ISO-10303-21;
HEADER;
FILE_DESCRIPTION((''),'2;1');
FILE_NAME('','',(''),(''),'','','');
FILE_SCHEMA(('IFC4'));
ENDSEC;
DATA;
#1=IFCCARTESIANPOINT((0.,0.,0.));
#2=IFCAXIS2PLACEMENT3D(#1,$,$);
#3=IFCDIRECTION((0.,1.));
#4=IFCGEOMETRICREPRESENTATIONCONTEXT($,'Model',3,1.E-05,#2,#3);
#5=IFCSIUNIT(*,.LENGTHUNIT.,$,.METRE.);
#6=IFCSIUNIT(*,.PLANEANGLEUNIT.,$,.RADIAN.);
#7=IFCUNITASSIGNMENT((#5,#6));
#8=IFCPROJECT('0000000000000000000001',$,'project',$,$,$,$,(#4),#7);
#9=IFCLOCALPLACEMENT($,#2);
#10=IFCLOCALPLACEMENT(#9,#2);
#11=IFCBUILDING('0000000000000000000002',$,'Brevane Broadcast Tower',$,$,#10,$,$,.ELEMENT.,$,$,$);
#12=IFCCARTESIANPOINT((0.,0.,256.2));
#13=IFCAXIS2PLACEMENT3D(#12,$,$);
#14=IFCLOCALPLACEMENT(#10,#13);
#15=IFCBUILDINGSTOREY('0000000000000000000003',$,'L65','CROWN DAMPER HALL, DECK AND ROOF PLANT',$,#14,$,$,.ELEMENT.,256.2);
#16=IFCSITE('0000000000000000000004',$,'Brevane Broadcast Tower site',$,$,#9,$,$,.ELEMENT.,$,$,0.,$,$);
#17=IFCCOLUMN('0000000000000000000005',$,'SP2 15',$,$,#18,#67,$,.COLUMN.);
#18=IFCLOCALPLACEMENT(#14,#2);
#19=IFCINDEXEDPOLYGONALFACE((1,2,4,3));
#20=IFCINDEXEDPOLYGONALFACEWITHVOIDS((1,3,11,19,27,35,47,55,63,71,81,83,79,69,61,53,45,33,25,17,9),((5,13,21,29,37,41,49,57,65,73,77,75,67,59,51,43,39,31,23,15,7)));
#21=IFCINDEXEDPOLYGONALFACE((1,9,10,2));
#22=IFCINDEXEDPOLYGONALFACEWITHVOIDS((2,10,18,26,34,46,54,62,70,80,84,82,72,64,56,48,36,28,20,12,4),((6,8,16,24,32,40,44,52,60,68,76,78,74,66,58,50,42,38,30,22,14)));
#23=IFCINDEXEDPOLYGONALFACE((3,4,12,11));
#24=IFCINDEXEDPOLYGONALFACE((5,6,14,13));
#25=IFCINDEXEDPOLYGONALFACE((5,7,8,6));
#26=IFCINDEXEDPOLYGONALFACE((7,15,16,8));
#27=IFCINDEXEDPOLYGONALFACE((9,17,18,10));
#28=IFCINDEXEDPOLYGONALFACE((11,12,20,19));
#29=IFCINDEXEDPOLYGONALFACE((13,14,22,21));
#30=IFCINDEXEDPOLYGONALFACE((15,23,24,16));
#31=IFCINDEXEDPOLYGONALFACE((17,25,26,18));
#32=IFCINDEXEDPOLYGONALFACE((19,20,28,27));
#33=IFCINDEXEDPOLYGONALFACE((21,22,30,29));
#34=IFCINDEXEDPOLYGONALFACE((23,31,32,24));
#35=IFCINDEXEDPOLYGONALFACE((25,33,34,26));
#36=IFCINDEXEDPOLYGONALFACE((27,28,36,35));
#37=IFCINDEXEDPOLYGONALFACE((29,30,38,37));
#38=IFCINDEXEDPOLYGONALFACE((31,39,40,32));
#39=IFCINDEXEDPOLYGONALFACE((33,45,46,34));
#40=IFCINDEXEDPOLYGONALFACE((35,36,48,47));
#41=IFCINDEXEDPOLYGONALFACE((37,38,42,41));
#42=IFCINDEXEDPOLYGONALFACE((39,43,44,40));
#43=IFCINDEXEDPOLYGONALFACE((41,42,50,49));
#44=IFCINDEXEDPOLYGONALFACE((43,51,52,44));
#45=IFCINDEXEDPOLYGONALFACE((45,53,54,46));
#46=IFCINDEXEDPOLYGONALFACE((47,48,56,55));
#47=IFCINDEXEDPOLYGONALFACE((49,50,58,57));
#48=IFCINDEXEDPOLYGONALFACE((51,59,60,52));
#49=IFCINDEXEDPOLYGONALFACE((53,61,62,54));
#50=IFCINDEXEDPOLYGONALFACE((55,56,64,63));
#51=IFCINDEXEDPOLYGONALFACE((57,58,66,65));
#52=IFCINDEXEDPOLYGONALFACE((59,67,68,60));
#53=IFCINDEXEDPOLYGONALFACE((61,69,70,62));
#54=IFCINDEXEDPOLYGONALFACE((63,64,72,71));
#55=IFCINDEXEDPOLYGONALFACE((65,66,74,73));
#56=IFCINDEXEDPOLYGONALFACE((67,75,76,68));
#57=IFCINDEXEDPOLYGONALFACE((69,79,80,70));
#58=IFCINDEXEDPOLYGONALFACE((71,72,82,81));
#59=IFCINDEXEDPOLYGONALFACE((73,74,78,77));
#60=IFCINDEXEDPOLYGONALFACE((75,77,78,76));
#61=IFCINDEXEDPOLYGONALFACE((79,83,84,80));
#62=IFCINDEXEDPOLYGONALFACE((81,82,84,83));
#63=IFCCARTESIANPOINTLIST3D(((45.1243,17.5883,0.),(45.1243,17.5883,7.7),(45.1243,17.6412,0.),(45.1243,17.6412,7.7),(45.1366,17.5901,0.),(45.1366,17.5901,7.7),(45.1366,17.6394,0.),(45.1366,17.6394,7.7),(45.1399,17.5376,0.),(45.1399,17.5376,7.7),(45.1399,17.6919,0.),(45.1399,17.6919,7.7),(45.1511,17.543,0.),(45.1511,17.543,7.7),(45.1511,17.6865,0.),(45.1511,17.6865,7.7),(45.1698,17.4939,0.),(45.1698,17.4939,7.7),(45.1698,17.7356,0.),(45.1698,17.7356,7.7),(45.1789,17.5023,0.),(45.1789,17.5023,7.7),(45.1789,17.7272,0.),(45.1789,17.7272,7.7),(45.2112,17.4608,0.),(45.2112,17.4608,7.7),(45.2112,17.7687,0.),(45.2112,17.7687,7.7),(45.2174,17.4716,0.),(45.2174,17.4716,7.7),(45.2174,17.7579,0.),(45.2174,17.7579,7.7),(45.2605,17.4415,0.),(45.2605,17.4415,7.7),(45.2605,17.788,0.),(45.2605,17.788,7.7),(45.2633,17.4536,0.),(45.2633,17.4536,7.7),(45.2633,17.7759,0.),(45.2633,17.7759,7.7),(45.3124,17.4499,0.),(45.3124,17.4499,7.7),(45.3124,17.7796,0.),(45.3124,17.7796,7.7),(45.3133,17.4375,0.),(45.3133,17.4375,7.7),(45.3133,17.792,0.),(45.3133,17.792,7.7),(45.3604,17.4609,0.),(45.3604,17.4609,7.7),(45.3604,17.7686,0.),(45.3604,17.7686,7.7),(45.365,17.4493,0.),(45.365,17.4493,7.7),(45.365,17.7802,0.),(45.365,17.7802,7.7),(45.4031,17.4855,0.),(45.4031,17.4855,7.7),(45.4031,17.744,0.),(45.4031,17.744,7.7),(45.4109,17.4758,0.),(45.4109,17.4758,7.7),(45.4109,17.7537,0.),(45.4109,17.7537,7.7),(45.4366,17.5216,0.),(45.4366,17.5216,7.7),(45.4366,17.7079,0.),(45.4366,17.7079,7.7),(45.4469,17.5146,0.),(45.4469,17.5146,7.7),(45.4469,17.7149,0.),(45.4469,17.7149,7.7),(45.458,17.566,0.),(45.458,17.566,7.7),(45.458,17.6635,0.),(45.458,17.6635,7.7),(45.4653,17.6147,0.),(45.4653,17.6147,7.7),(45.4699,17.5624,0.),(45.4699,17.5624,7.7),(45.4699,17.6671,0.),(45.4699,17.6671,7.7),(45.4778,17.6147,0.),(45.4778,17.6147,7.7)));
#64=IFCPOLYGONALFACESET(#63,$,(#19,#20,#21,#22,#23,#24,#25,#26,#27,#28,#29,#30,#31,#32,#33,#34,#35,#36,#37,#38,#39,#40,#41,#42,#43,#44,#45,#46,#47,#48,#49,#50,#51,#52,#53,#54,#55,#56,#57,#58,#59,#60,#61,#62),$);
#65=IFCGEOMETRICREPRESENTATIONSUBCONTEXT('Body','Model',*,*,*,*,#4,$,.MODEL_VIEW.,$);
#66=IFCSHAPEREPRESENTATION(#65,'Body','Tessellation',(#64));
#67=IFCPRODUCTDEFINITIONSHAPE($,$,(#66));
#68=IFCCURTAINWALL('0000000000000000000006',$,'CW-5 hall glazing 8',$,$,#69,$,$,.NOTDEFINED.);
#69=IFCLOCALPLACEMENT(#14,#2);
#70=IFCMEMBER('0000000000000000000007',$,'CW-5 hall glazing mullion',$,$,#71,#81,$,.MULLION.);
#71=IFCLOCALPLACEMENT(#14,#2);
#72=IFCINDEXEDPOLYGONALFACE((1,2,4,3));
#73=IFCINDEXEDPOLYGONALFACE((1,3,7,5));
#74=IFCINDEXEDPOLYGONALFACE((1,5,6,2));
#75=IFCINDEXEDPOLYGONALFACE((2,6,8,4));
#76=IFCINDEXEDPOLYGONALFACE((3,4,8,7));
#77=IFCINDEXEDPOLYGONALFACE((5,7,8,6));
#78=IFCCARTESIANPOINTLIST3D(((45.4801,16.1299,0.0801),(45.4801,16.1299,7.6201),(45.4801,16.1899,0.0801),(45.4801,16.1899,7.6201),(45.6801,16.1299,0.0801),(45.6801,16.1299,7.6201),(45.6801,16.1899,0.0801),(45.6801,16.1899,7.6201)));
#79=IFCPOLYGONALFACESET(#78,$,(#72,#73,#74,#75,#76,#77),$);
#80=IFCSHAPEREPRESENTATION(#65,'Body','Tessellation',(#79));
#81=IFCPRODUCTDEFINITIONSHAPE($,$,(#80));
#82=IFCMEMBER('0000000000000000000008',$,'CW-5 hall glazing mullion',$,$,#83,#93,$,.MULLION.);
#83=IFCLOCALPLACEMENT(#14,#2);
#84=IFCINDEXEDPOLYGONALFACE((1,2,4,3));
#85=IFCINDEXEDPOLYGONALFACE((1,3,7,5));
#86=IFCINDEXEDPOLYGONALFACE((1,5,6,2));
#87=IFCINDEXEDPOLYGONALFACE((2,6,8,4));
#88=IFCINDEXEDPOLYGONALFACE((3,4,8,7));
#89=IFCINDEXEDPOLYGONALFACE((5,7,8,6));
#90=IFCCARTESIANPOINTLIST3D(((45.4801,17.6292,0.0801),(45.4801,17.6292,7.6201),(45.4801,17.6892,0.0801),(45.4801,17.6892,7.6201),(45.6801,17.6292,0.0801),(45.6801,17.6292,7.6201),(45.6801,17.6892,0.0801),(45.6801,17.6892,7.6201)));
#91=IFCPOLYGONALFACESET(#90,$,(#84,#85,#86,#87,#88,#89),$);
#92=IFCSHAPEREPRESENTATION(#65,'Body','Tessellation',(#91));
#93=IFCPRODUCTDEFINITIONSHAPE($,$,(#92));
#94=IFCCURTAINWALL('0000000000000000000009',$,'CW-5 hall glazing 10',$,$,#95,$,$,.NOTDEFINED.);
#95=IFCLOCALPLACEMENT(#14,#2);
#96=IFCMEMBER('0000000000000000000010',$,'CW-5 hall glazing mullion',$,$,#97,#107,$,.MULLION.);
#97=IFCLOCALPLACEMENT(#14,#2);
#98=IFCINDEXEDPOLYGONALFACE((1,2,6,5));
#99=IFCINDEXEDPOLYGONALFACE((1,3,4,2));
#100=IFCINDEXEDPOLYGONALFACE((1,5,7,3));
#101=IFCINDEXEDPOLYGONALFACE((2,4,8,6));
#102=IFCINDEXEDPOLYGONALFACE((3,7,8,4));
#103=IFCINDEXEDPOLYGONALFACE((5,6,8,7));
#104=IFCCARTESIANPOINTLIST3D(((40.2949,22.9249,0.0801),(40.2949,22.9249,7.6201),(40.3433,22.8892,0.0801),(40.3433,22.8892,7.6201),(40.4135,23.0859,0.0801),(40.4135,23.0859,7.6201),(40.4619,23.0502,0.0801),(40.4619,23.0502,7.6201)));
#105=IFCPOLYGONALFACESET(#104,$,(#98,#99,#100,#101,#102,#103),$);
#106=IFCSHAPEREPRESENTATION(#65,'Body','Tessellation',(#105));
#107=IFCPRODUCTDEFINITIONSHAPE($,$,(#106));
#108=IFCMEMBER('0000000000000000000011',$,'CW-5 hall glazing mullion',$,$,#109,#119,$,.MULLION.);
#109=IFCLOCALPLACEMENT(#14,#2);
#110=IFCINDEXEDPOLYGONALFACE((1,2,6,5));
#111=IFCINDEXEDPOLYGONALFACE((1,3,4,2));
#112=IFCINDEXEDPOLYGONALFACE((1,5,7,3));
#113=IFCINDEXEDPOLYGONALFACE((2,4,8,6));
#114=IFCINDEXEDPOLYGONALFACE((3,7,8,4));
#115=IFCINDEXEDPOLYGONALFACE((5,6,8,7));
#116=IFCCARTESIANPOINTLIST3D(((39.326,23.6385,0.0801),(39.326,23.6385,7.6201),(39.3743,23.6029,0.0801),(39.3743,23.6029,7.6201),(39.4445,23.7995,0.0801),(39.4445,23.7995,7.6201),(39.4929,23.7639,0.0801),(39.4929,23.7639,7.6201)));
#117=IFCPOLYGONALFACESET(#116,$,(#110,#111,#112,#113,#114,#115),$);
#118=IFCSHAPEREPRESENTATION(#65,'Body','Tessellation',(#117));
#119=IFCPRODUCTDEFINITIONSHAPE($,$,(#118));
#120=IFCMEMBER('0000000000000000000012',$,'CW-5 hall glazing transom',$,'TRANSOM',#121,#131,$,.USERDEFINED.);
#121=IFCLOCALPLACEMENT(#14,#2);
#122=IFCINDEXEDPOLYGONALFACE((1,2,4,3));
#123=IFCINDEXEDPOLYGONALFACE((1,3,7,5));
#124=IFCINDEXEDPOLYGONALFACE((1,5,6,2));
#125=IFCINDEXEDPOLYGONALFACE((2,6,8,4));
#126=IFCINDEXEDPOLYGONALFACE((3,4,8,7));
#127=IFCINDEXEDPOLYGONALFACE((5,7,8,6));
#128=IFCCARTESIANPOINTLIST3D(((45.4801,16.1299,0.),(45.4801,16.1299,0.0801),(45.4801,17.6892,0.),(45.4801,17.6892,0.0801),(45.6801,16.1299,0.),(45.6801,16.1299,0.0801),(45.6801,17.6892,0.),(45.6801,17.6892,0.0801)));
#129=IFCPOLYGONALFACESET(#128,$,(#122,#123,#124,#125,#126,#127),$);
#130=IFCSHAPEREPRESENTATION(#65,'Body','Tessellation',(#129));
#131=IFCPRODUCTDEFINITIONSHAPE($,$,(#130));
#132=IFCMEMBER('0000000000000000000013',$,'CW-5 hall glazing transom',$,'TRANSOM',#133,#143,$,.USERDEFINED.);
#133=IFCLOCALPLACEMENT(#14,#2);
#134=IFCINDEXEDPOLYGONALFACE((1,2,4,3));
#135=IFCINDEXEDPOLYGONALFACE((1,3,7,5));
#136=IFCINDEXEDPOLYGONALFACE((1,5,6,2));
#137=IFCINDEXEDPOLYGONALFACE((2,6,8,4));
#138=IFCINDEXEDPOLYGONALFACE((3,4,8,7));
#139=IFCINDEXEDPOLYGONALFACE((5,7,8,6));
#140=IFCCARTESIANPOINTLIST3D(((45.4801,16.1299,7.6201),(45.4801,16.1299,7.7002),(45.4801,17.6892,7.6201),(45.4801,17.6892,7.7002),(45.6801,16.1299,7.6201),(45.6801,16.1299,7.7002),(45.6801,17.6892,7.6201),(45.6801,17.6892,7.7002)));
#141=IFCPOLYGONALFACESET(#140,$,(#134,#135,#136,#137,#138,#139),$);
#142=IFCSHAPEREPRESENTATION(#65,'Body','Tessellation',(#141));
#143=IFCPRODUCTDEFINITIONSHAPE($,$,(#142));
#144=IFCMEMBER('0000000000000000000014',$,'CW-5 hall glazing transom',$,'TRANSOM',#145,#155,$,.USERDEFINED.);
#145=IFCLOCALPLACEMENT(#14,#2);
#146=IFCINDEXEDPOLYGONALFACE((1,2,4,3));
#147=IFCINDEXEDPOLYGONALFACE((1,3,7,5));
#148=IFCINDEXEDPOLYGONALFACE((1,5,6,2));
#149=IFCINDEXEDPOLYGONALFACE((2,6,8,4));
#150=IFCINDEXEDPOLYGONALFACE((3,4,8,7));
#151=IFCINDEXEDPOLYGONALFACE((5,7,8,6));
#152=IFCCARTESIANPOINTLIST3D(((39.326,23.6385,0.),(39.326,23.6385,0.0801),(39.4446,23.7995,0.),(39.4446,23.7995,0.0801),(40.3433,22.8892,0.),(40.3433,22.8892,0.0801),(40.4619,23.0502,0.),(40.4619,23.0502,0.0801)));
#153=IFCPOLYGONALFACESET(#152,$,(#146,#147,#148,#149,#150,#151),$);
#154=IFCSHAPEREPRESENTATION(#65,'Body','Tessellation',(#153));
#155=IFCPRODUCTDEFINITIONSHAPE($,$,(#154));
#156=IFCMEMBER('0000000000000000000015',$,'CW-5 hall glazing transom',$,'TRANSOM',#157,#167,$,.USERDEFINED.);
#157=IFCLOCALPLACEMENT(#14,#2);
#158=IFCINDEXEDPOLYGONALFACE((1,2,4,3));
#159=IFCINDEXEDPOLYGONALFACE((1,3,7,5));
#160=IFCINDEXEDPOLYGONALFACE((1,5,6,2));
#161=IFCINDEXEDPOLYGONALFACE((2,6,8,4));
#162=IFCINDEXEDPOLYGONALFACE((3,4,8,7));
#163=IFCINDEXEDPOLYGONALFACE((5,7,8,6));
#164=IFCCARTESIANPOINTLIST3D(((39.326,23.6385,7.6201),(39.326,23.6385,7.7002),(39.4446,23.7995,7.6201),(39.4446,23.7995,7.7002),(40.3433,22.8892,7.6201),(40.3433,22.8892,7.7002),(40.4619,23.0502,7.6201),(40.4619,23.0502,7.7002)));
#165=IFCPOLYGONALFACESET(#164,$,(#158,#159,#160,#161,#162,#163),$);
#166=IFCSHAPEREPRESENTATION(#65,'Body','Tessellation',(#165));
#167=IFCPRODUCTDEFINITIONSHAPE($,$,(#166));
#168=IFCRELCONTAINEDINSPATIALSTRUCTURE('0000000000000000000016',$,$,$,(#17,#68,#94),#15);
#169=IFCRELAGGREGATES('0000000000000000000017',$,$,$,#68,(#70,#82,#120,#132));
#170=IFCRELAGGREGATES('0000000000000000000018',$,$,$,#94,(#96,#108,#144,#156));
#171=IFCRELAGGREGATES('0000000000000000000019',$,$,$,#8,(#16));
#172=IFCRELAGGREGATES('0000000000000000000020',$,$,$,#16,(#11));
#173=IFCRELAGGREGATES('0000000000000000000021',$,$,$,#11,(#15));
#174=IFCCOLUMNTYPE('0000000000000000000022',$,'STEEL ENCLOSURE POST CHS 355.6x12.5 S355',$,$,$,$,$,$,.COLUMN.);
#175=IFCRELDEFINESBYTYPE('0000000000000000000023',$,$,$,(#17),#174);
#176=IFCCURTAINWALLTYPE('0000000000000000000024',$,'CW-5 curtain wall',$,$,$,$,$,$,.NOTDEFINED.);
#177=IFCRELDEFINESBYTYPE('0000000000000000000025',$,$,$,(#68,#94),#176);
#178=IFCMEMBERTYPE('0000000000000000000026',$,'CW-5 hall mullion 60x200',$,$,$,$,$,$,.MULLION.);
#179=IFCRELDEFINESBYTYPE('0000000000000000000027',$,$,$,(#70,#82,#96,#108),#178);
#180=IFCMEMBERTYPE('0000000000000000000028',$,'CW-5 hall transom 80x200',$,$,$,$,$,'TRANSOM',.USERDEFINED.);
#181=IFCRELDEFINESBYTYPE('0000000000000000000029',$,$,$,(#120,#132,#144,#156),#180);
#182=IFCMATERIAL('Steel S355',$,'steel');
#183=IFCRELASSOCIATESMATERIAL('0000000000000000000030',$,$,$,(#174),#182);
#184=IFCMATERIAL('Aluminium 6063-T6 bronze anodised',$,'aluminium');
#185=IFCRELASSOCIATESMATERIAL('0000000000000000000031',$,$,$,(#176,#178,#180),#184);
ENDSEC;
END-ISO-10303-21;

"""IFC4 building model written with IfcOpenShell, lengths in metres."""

from ifc_helpers import new_model, si_unit, direction, frame, origin, origin_2d, place, context, subcontext, project, spatial, rectangle, hollow_circle, extrude, material, material_profile, profile_set, type_object, element, aggregate, save


model = new_model("IFC4")

# Units and contexts
model_context = context("Model", 3, precision=1e-05, world=origin(), true_north=direction((0.0, 1.0)))
body_context = subcontext(model_context, "Body", "Model", "MODEL_VIEW")
ifc_project = project(units=[si_unit("LENGTHUNIT", "METRE"), si_unit("PLANEANGLEUNIT", "RADIAN")], contexts=[model_context])

# Site, building, storey
site_placement = place(None, origin())
site = spatial("IfcSite", under=ifc_project, at=site_placement, Name="Brevane Broadcast Tower site", CompositionType="ELEMENT", RefElevation=0.0)
building_placement = place(site_placement, origin())
building = spatial("IfcBuilding", under=site, at=building_placement, Name="Brevane Broadcast Tower", CompositionType="ELEMENT")
storey_placement = place(building_placement, frame((0.0, 0.0, 256.2)))
storey = spatial("IfcBuildingStorey", under=building, at=storey_placement, Name="L65", Description="CROWN DAMPER HALL, DECK AND ROOF PLANT", CompositionType="ELEMENT", Elevation=256.2)

# Column
ifc_material_1 = material(Name="Steel S355", Category="steel")
ifc_material_profile_1 = material_profile(ifc_material_1, hollow_circle(Radius=0.1777, WallThickness=0.0125, at=origin_2d()), Name="CHS 355.6x12.5")
ifc_profile_set_1 = profile_set([ifc_material_profile_1], Name="Steel S355")
column_type_1 = type_object("IfcColumnType", Name="STEEL ENCLOSURE POST CHS 355.6x12.5 S355", PredefinedType="COLUMN", material=ifc_profile_set_1)
for number, where, z_axis, x_axis, name in (
    (1, (45.3, 17.6147, 0.0), (0.0, 0.0, 1.0), (1.0, 0.0, 0.0), "SP2 15"),
):
    element("IfcColumn", number, at=place(storey_placement, frame(where, z_axis=z_axis, x_axis=x_axis)), inside=storey, type_object=column_type_1, Name=name, PredefinedType="COLUMN", context=body_context, shape_type="SweptSolid", body=[
        extrude(hollow_circle(Radius=0.1777, WallThickness=0.0125, at=origin_2d()), origin(), (0.0, 0.0, 1.0), 7.7),
    ])

# Curtain walls, members
ifc_material_2 = material(Name="Aluminium 6063-T6 bronze anodised", Category="aluminium")
curtain_wall_type = type_object("IfcCurtainWallType", Name="CW-5 curtain wall", PredefinedType="NOTDEFINED", material=ifc_material_2)
curtain_wall_1_placement = place(storey_placement, origin())
curtain_wall_1 = element("IfcCurtainWall", 2, at=curtain_wall_1_placement, inside=storey, type_object=curtain_wall_type, Name="CW-5 hall glazing 8", PredefinedType="NOTDEFINED")
ifc_material_profile_2 = material_profile(ifc_material_2, rectangle(XDim=0.2, YDim=0.0601, at=origin_2d()), Name="RECT 60x200")
ifc_profile_set_2 = profile_set([ifc_material_profile_2], Name="Aluminium 6063-T6 bronze anodised")
member_type_1 = type_object("IfcMemberType", Name="CW-5 hall mullion 60x200", PredefinedType="MULLION", material=ifc_profile_set_2)
member_1_placement = place(storey_placement, frame((45.5801, 16.1599, 0.0801), z_axis=(0.0, 0.0, 1.0), x_axis=(-1.0, 0.0, 0.0)))
member_1 = element("IfcMember", 3, at=member_1_placement, type_object=member_type_1, Name="CW-5 hall glazing mullion", PredefinedType="MULLION", context=body_context, shape_type="SweptSolid", body=[
    extrude(rectangle(XDim=0.2, YDim=0.0601, at=origin_2d()), origin(), (0.0, 0.0, 1.0), 7.54),
])
member_2_placement = place(storey_placement, frame((45.5801, 17.6592, 0.0801), z_axis=(0.0, 0.0, 1.0), x_axis=(-1.0, 0.0, 0.0)))
member_2 = element("IfcMember", 4, at=member_2_placement, type_object=member_type_1, Name="CW-5 hall glazing mullion", PredefinedType="MULLION", context=body_context, shape_type="SweptSolid", body=[
    extrude(rectangle(XDim=0.2, YDim=0.0601, at=origin_2d()), origin(), (0.0, 0.0, 1.0), 7.54),
])
curtain_wall_2_placement = place(storey_placement, origin())
curtain_wall_2 = element("IfcCurtainWall", 5, at=curtain_wall_2_placement, inside=storey, type_object=curtain_wall_type, Name="CW-5 hall glazing 10", PredefinedType="NOTDEFINED")
member_3_placement = place(storey_placement, frame((40.3784, 22.9875, 0.0801), z_axis=(0.0, 0.0, 1.0), x_axis=(-0.593085, -0.80514, 0.0)))
member_3 = element("IfcMember", 6, at=member_3_placement, type_object=member_type_1, Name="CW-5 hall glazing mullion", PredefinedType="MULLION", context=body_context, shape_type="SweptSolid", body=[
    extrude(rectangle(XDim=0.2, YDim=0.0601, at=origin_2d()), origin(), (0.0, 0.0, 1.0), 7.54),
])
member_4_placement = place(storey_placement, frame((39.4094, 23.7012, 0.0801), z_axis=(0.0, 0.0, 1.0), x_axis=(-0.593085, -0.80514, 0.0)))
member_4 = element("IfcMember", 7, at=member_4_placement, type_object=member_type_1, Name="CW-5 hall glazing mullion", PredefinedType="MULLION", context=body_context, shape_type="SweptSolid", body=[
    extrude(rectangle(XDim=0.2, YDim=0.0601, at=origin_2d()), origin(), (0.0, 0.0, 1.0), 7.54),
])

# Members
ifc_material_profile_3 = material_profile(ifc_material_2, rectangle(XDim=0.2, YDim=0.0801, at=origin_2d()), Name="RECT 80x200")
ifc_profile_set_3 = profile_set([ifc_material_profile_3], Name="Aluminium 6063-T6 bronze anodised")
member_type_2 = type_object("IfcMemberType", Name="CW-5 hall transom 80x200", ElementType="TRANSOM", PredefinedType="USERDEFINED", material=ifc_profile_set_3)
member_5_placement = place(storey_placement, frame((45.5801, 16.1299, 0.04), z_axis=(0.0, 1.0, 0.0), x_axis=(-1.0, 0.0, 0.0)))
member_5 = element("IfcMember", 8, at=member_5_placement, type_object=member_type_2, Name="CW-5 hall glazing transom", ObjectType="TRANSOM", PredefinedType="USERDEFINED", context=body_context, shape_type="SweptSolid", body=[
    extrude(rectangle(XDim=0.2, YDim=0.0801, at=origin_2d()), origin(), (0.0, 0.0, 1.0), 1.5593),
])
member_6_placement = place(storey_placement, frame((45.5801, 16.1299, 7.6602), z_axis=(0.0, 1.0, 0.0), x_axis=(-1.0, 0.0, 0.0)))
member_6 = element("IfcMember", 9, at=member_6_placement, type_object=member_type_2, Name="CW-5 hall glazing transom", ObjectType="TRANSOM", PredefinedType="USERDEFINED", context=body_context, shape_type="SweptSolid", body=[
    extrude(rectangle(XDim=0.2, YDim=0.0801, at=origin_2d()), origin(), (0.0, 0.0, 1.0), 1.5593),
])
member_7_placement = place(storey_placement, frame((40.4026, 22.9697, 0.04), z_axis=(-0.805187, 0.593021, 0.0), x_axis=(-0.593021, -0.805187, 0.0)))
member_7 = element("IfcMember", 10, at=member_7_placement, type_object=member_type_2, Name="CW-5 hall glazing transom", ObjectType="TRANSOM", PredefinedType="USERDEFINED", context=body_context, shape_type="SweptSolid", body=[
    extrude(rectangle(XDim=0.2, YDim=0.0801, at=origin_2d()), origin(), (0.0, 0.0, 1.0), 1.2634),
])
member_8_placement = place(storey_placement, frame((40.4026, 22.9697, 7.6602), z_axis=(-0.805187, 0.593021, 0.0), x_axis=(-0.593021, -0.805187, 0.0)))
member_8 = element("IfcMember", 11, at=member_8_placement, type_object=member_type_2, Name="CW-5 hall glazing transom", ObjectType="TRANSOM", PredefinedType="USERDEFINED", context=body_context, shape_type="SweptSolid", body=[
    extrude(rectangle(XDim=0.2, YDim=0.0801, at=origin_2d()), origin(), (0.0, 0.0, 1.0), 1.2634),
])

aggregate(curtain_wall_1, [member_1, member_2, member_5, member_6])
aggregate(curtain_wall_2, [member_3, member_4, member_7, member_8])

save(model, "model.ifc")
